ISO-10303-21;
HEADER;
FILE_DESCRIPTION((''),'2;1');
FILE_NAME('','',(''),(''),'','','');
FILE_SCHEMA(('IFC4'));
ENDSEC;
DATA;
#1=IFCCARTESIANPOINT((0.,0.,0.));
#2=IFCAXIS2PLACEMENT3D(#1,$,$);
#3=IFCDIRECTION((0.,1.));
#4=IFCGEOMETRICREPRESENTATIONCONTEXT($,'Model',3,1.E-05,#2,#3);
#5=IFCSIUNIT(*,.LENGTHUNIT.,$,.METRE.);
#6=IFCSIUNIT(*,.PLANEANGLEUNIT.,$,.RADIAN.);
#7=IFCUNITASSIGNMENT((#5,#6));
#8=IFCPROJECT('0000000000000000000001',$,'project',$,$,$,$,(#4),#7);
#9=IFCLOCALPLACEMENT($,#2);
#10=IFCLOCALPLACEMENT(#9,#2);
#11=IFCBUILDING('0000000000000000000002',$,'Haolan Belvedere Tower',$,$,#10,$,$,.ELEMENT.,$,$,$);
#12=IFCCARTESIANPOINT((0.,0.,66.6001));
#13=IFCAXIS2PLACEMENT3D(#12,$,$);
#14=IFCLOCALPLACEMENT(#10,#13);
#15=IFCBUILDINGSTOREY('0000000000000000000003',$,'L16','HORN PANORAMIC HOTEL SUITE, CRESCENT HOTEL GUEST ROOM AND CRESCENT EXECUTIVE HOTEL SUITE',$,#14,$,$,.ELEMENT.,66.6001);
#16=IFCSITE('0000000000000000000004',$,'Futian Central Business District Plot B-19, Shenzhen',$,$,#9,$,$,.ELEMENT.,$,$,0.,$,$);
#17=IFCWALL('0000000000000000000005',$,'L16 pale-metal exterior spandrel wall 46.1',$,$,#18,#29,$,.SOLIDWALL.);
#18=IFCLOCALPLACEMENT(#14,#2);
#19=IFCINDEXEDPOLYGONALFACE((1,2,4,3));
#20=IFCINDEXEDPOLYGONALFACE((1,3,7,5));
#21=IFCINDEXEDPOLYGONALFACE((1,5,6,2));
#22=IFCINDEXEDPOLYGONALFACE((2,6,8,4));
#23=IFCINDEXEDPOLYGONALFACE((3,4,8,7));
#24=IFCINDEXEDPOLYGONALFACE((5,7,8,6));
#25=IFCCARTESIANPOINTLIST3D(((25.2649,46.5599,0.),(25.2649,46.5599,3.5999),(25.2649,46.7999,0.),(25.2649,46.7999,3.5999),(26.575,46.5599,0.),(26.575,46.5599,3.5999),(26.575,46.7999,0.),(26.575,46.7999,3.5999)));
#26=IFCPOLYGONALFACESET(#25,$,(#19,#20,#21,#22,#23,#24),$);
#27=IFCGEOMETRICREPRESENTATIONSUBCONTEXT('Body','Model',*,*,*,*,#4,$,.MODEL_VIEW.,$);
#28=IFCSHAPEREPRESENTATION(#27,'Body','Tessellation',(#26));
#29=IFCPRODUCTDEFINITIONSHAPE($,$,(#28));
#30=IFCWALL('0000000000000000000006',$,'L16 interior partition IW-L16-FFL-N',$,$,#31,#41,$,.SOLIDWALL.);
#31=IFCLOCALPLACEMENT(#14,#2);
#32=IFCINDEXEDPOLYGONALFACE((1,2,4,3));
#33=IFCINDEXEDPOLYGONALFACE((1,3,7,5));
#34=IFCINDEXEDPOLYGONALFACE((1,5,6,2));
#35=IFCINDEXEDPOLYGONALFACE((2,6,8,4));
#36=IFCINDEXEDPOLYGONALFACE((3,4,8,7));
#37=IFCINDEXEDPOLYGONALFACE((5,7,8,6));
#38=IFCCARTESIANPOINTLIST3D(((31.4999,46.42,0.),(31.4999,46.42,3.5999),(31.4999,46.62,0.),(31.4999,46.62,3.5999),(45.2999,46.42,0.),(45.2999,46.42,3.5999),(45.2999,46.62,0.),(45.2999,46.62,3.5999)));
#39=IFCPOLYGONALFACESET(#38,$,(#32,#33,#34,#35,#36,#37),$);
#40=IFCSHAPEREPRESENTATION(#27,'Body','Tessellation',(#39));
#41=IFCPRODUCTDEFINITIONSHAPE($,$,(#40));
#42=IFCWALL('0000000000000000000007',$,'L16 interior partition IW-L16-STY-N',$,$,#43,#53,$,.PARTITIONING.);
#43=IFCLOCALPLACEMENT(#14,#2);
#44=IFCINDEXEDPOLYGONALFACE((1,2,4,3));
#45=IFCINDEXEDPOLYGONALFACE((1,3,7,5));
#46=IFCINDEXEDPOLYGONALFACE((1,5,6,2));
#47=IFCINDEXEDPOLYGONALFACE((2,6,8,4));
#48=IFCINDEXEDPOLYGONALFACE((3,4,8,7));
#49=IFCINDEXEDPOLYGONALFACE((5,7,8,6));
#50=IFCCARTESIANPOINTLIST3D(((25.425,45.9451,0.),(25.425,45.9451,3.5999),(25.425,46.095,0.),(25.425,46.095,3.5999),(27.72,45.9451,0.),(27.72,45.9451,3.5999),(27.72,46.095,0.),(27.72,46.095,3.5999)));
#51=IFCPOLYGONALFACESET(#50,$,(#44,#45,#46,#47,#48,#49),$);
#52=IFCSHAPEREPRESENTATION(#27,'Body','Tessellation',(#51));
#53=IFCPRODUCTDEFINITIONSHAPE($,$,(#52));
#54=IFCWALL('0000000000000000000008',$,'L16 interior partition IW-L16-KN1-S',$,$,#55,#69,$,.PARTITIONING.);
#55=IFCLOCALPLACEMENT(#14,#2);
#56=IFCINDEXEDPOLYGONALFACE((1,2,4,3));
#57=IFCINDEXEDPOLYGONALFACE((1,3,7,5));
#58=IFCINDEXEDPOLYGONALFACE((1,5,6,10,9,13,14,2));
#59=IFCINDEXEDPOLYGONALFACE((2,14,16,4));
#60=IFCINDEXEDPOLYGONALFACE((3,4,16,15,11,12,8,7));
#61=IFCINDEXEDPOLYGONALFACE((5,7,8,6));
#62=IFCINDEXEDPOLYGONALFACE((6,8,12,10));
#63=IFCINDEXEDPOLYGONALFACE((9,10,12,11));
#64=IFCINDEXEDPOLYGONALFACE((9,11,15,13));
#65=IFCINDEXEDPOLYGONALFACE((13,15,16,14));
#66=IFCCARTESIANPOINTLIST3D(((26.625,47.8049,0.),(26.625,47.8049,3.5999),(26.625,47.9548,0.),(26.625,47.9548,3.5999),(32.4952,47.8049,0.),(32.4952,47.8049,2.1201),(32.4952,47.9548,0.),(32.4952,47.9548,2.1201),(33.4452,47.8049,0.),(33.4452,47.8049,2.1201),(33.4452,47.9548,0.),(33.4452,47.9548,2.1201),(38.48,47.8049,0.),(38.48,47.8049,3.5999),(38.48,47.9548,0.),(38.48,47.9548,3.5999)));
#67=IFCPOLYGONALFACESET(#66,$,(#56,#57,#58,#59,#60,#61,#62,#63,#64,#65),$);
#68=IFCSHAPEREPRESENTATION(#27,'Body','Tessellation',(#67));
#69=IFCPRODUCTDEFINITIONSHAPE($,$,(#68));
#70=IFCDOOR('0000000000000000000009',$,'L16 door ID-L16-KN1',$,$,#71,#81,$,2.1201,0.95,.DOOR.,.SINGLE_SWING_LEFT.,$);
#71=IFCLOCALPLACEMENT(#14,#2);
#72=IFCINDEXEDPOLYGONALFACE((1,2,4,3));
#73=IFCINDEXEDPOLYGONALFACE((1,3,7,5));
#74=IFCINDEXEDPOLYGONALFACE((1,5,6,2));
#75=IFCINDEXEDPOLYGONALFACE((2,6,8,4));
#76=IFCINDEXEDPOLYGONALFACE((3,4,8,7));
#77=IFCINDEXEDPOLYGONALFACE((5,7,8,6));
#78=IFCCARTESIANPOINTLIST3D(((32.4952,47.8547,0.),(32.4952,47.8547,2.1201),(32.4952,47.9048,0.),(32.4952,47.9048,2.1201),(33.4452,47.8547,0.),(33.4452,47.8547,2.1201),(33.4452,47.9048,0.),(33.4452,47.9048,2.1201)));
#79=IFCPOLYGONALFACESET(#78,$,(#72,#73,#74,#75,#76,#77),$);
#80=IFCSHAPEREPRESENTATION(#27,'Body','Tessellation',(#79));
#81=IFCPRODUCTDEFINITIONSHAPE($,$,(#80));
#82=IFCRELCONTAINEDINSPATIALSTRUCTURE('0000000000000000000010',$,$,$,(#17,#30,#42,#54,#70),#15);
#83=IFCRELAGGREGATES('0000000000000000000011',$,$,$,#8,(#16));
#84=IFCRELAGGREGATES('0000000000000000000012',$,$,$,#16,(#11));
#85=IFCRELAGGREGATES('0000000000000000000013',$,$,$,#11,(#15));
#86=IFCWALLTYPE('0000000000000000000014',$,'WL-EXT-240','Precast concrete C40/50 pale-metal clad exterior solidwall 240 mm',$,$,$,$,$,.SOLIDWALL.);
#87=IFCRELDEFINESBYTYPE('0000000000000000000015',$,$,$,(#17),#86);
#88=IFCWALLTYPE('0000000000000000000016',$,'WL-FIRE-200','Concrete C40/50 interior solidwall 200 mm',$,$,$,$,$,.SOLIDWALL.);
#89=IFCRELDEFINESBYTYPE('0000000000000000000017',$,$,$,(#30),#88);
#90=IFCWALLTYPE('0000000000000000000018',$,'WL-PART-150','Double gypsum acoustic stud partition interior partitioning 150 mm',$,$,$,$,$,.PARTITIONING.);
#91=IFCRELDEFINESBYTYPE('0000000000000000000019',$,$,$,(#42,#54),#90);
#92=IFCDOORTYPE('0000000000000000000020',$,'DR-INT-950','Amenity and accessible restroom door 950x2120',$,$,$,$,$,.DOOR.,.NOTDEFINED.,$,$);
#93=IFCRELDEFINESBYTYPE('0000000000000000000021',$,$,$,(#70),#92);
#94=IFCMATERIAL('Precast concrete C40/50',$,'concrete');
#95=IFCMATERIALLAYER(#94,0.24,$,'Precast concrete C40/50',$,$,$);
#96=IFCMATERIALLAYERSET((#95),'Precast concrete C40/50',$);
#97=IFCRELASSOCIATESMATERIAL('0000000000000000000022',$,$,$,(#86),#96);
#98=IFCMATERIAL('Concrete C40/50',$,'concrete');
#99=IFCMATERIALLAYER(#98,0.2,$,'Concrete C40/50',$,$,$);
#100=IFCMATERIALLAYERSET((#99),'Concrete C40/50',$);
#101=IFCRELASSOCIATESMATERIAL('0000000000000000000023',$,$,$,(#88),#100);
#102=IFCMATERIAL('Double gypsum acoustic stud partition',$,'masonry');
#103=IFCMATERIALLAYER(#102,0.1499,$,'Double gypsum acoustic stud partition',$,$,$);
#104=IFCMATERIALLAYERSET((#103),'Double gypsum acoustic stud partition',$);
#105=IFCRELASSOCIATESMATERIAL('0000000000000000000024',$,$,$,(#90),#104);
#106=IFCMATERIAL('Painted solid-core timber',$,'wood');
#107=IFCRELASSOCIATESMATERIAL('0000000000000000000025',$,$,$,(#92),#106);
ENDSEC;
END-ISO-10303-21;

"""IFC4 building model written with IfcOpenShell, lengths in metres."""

from ifc_helpers import new_model, si_unit, direction, frame, frame_2d, origin, place, context, subcontext, project, spatial, rectangle, extrude, material, layer, layer_set, type_object, element, fill, save


model = new_model("IFC4")

# Units and contexts
model_context = context("Model", 3, precision=1e-05, world=origin(), true_north=direction((0.0, 1.0)))
body_context = subcontext(model_context, "Body", "Model", "MODEL_VIEW")
ifc_project = project(units=[si_unit("LENGTHUNIT", "METRE"), si_unit("PLANEANGLEUNIT", "RADIAN")], contexts=[model_context])

# Site, building, storey
site_placement = place(None, origin())
site = spatial("IfcSite", under=ifc_project, at=site_placement, Name="Futian Central Business District Plot B-19, Shenzhen", CompositionType="ELEMENT", RefElevation=0.0)
building_placement = place(site_placement, origin())
building = spatial("IfcBuilding", under=site, at=building_placement, Name="Haolan Belvedere Tower", CompositionType="ELEMENT")
storey_placement = place(building_placement, frame((0.0, 0.0, 66.6001)))
storey = spatial("IfcBuildingStorey", under=building, at=storey_placement, Name="L16", Description="HORN PANORAMIC HOTEL SUITE, CRESCENT HOTEL GUEST ROOM AND CRESCENT EXECUTIVE HOTEL SUITE", CompositionType="ELEMENT", Elevation=66.6001)

# Shared definitions
ifc_material_1 = material(Name="Precast concrete C40/50", Category="concrete")
ifc_layer_1 = layer(ifc_material_1, 0.24, Name="Precast concrete C40/50")
ifc_layer_set_1 = layer_set([ifc_layer_1], Name="Precast concrete C40/50")
wall_type_1 = type_object("IfcWallType", Name="WL-EXT-240", Description="Precast concrete C40/50 pale-metal clad exterior solidwall 240 mm", PredefinedType="SOLIDWALL", material=ifc_layer_set_1)

# Walls
wall_1_placement = place(storey_placement, frame((26.575, 46.6799, 0.0), z_axis=(0.0, 0.0, 1.0), x_axis=(-1.0, 0.0, 0.0)))
element("IfcWall", 1, at=wall_1_placement, inside=storey, type_object=wall_type_1, Name="L16 pale-metal exterior spandrel wall 46.1", PredefinedType="SOLIDWALL", context=body_context, shape_type="SweptSolid", body=[
    extrude(rectangle(XDim=1.3101, YDim=0.24, at=frame_2d((0.655, 0.0))), origin(), (0.0, 0.0, 1.0), 3.5999),
])
ifc_material_2 = material(Name="Concrete C40/50", Category="concrete")
ifc_layer_2 = layer(ifc_material_2, 0.2, Name="Concrete C40/50")
ifc_layer_set_2 = layer_set([ifc_layer_2], Name="Concrete C40/50")
wall_type_2 = type_object("IfcWallType", Name="WL-FIRE-200", Description="Concrete C40/50 interior solidwall 200 mm", PredefinedType="SOLIDWALL", material=ifc_layer_set_2)
wall_2_placement = place(storey_placement, frame((31.5, 46.52, 0.0), z_axis=(0.0, 0.0, 1.0), x_axis=(1.0, 0.0, 0.0)))
element("IfcWall", 2, at=wall_2_placement, inside=storey, type_object=wall_type_2, Name="L16 interior partition IW-L16-FFL-N", PredefinedType="SOLIDWALL", context=body_context, shape_type="SweptSolid", body=[
    extrude(rectangle(XDim=13.8, YDim=0.2, at=frame_2d((6.8999, 0.0))), origin(), (0.0, 0.0, 1.0), 3.5999),
])

# Wall
ifc_material_3 = material(Name="Double gypsum acoustic stud partition", Category="masonry")
ifc_layer_3 = layer(ifc_material_3, 0.1499, Name="Double gypsum acoustic stud partition")
ifc_layer_set_3 = layer_set([ifc_layer_3], Name="Double gypsum acoustic stud partition")
wall_type_3 = type_object("IfcWallType", Name="WL-PART-150", Description="Double gypsum acoustic stud partition interior partitioning 150 mm", PredefinedType="PARTITIONING", material=ifc_layer_set_3)
wall_3_placement = place(storey_placement, frame((25.425, 46.02, 0.0), z_axis=(0.0, 0.0, 1.0), x_axis=(1.0, 0.0, 0.0)))
element("IfcWall", 3, at=wall_3_placement, inside=storey, type_object=wall_type_3, Name="L16 interior partition IW-L16-STY-N", PredefinedType="PARTITIONING", context=body_context, shape_type="SweptSolid", body=[
    extrude(rectangle(XDim=2.2949, YDim=0.1499, at=frame_2d((1.1475, 0.0))), origin(), (0.0, 0.0, 1.0), 3.5999),
])

# Wall, opening, door
wall_4_placement = place(storey_placement, frame((26.625, 47.8799, 0.0), z_axis=(0.0, 0.0, 1.0), x_axis=(1.0, 0.0, 0.0)))
wall_4 = element("IfcWall", 4, at=wall_4_placement, inside=storey, type_object=wall_type_3, Name="L16 interior partition IW-L16-KN1-S", PredefinedType="PARTITIONING", context=body_context, shape_type="SweptSolid", body=[
    extrude(rectangle(XDim=11.855, YDim=0.1499, at=frame_2d((5.9275, 0.0))), origin(), (0.0, 0.0, 1.0), 3.5999),
])
opening_1_placement = place(wall_4_placement, frame((5.8701, 0.0, 0.0)))
opening_1 = element("IfcOpeningElement", 5, at=opening_1_placement, cuts=wall_4, PredefinedType="OPENING", context=body_context, shape_type="SweptSolid", body=[
    extrude(rectangle(XDim=0.95, YDim=2.1201, at=frame_2d((0.4751, 1.0601))), frame((0.0, 0.085, 0.0), z_axis=(0.0, -1.0, 0.0), x_axis=(1.0, 0.0, 0.0)), (0.0, 0.0, 1.0), 0.1699),
])
ifc_material_4 = material(Name="Painted solid-core timber", Category="wood")
door_type_1 = type_object("IfcDoorType", Name="DR-INT-950", Description="Amenity and accessible restroom door 950x2120", OperationType="NOTDEFINED", PredefinedType="DOOR", material=ifc_material_4)
door_1_placement = place(opening_1_placement, origin())
door_1 = element("IfcDoor", 6, at=door_1_placement, inside=storey, type_object=door_type_1, Name="L16 door ID-L16-KN1", OperationType="SINGLE_SWING_LEFT", OverallHeight=2.1201, OverallWidth=0.95, PredefinedType="DOOR", context=body_context, shape_type="SweptSolid", body=[
    extrude(rectangle(XDim=0.95, YDim=2.1201, at=frame_2d((0.4751, 1.0601))), frame((0.0, 0.0249, 0.0), z_axis=(0.0, -1.0, 0.0), x_axis=(1.0, 0.0, 0.0)), (0.0, 0.0, 1.0), 0.05),
])
fill(opening_1, door_1)

save(model, "model.ifc")
